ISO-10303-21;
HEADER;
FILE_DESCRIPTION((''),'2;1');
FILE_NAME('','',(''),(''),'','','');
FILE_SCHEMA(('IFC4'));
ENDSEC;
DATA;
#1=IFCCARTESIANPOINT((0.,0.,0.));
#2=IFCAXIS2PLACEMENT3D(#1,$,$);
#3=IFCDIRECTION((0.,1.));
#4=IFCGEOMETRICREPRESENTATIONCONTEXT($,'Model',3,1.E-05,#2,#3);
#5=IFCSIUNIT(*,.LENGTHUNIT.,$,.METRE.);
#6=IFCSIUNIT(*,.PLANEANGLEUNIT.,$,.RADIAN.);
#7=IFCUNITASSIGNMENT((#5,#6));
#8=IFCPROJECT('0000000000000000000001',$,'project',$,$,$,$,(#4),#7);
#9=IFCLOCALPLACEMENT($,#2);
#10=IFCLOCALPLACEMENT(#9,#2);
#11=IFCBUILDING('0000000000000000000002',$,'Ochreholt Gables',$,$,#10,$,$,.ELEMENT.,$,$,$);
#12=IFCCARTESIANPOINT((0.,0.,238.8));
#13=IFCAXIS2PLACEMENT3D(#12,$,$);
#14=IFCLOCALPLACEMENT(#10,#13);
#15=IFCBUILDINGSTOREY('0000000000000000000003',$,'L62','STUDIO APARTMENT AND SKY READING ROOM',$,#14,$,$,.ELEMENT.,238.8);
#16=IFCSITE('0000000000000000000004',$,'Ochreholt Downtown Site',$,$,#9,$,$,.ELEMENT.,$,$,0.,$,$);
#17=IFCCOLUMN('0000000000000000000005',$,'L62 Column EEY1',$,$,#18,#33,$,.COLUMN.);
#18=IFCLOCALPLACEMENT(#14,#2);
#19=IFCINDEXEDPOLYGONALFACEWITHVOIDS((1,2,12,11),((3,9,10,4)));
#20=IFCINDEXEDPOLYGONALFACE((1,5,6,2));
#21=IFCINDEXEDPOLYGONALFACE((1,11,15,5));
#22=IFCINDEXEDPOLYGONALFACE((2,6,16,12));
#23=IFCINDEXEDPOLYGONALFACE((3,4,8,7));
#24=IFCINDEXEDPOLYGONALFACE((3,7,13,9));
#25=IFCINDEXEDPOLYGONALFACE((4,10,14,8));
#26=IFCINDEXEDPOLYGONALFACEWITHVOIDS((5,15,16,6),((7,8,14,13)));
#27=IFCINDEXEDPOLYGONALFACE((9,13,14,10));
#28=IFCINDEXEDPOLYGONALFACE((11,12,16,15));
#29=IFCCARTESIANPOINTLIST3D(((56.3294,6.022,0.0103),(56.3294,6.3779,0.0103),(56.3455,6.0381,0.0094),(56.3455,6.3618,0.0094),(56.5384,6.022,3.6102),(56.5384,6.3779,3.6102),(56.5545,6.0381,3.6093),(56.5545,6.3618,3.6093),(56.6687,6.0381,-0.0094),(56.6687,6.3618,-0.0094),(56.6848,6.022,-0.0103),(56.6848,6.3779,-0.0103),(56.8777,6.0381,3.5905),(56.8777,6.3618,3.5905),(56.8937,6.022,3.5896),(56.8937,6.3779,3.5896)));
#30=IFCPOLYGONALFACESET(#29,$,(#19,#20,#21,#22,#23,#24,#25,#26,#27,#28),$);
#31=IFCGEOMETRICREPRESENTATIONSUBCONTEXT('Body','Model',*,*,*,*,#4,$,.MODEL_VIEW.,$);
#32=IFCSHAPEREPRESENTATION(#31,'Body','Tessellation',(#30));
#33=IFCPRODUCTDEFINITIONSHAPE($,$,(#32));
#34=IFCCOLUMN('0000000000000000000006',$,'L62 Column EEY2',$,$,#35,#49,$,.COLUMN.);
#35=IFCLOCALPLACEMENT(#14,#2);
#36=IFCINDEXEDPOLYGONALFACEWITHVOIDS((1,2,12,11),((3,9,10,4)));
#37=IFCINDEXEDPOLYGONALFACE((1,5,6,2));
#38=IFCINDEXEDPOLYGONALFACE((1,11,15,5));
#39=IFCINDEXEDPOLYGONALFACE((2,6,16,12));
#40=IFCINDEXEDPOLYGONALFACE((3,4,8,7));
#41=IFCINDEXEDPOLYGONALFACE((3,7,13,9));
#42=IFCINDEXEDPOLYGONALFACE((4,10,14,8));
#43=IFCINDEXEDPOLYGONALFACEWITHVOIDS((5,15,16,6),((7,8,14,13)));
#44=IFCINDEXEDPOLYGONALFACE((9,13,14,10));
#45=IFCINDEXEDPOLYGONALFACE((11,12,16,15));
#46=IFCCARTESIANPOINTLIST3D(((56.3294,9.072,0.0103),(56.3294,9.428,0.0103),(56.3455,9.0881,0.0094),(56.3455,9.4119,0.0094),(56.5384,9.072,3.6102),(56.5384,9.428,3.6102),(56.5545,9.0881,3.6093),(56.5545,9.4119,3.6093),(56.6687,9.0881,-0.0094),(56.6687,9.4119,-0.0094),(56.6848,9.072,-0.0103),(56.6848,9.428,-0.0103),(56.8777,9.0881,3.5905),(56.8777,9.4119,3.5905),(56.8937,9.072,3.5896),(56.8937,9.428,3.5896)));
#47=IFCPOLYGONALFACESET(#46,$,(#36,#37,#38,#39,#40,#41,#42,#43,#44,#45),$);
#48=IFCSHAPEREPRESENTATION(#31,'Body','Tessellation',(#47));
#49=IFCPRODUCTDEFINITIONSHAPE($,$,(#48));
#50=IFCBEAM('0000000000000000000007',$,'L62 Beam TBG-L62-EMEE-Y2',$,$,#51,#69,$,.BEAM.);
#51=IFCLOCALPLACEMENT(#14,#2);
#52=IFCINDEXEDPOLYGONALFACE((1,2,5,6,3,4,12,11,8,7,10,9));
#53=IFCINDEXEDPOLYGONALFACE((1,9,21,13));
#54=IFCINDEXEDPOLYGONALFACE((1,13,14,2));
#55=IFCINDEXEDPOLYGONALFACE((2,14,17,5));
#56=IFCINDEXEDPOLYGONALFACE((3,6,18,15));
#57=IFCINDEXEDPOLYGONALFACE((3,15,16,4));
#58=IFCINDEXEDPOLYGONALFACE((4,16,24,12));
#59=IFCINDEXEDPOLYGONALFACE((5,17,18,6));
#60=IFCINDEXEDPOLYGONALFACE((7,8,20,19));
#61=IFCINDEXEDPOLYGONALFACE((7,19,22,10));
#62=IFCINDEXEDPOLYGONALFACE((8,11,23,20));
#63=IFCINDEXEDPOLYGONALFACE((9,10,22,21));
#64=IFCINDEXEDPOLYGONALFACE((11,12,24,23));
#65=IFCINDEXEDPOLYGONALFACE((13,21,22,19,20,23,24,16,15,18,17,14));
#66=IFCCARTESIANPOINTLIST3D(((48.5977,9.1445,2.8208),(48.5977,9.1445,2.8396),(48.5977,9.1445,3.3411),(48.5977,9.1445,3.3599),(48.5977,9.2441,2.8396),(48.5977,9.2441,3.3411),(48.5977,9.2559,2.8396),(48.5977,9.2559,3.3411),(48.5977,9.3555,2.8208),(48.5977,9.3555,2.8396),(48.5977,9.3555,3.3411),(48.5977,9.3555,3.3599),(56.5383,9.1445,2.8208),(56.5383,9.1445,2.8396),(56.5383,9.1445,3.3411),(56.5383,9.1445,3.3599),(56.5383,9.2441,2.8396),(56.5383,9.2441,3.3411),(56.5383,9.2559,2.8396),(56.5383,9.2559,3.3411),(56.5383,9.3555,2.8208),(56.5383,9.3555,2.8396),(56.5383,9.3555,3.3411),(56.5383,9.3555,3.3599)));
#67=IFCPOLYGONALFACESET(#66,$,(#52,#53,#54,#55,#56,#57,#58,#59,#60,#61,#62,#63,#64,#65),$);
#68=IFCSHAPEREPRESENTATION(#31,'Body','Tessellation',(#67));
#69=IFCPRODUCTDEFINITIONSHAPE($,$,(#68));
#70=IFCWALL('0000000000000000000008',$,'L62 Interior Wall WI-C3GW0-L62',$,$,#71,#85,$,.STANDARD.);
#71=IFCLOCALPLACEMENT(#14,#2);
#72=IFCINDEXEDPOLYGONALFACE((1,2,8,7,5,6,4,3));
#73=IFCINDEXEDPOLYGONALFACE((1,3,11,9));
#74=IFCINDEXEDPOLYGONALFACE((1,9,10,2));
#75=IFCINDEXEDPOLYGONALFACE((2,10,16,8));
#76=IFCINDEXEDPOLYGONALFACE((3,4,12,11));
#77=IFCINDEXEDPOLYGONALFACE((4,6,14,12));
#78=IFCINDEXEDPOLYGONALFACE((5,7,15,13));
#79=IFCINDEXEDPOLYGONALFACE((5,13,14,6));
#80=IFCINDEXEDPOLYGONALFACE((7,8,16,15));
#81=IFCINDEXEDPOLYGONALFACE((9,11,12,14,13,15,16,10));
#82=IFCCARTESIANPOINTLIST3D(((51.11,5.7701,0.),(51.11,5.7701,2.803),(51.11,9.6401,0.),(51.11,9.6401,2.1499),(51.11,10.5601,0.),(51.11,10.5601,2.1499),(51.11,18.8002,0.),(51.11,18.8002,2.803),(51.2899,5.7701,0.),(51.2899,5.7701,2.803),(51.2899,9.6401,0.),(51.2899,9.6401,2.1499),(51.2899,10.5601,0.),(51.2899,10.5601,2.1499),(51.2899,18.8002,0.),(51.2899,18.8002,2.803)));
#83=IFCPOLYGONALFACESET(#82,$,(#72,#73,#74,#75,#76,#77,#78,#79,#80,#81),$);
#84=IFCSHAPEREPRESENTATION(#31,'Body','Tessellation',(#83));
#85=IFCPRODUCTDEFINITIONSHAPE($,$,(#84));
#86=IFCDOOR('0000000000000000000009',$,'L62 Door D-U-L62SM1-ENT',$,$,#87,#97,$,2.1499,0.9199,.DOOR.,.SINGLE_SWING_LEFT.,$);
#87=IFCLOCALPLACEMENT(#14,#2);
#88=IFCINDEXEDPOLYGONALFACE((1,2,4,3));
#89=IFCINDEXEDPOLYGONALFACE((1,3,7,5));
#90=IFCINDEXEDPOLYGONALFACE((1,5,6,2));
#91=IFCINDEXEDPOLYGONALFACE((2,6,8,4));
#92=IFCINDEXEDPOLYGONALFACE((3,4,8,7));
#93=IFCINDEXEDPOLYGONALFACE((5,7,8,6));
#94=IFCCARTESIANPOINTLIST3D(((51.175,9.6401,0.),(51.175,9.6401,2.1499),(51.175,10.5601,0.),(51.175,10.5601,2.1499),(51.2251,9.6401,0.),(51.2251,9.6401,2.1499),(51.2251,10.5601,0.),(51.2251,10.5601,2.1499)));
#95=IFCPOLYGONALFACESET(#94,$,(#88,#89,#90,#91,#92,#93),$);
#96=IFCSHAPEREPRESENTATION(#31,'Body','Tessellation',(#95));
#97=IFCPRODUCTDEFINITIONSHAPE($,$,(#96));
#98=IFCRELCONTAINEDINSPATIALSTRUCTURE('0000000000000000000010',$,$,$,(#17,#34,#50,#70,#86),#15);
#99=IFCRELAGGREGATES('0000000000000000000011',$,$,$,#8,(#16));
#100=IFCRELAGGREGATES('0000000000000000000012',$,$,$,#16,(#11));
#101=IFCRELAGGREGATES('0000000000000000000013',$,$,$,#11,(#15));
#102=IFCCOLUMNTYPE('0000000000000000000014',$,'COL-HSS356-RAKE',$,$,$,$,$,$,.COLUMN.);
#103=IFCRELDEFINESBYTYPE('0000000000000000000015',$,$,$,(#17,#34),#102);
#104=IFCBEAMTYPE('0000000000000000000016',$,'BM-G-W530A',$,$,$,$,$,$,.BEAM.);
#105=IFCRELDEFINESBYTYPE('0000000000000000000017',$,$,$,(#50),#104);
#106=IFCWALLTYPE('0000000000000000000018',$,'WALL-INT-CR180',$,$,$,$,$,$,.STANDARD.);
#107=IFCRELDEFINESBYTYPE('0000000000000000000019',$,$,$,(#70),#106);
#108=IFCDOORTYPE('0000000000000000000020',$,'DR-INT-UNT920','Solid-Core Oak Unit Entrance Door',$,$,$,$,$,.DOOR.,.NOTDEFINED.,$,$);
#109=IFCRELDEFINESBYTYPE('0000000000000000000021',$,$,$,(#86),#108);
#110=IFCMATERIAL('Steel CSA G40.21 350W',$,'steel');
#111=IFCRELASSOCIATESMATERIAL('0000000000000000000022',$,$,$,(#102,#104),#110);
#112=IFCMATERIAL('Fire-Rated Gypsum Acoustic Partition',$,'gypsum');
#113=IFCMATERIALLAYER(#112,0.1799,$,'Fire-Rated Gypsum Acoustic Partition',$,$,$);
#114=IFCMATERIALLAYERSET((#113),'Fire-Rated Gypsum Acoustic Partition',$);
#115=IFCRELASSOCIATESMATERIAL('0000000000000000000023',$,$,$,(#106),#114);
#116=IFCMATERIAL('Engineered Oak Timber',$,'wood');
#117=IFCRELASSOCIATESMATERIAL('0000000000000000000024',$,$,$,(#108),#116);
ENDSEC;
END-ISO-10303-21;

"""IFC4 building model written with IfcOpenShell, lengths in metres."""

from ifc_helpers import new_model, si_unit, direction, frame, frame_2d, origin, origin_2d, place, context, subcontext, project, spatial, rectangle, hollow_rectangle, i_section, extrude, material, layer, layer_set, material_profile, profile_set, type_object, element, fill, save


model = new_model("IFC4")

# Units and contexts
model_context = context("Model", 3, precision=1e-05, world=origin(), true_north=direction((0.0, 1.0)))
body_context = subcontext(model_context, "Body", "Model", "MODEL_VIEW")
ifc_project = project(units=[si_unit("LENGTHUNIT", "METRE"), si_unit("PLANEANGLEUNIT", "RADIAN")], contexts=[model_context])

# Site, building, storey
site_placement = place(None, origin())
site = spatial("IfcSite", under=ifc_project, at=site_placement, Name="Ochreholt Downtown Site", CompositionType="ELEMENT", RefElevation=0.0)
building_placement = place(site_placement, origin())
building = spatial("IfcBuilding", under=site, at=building_placement, Name="Ochreholt Gables", CompositionType="ELEMENT")
storey_placement = place(building_placement, frame((0.0, 0.0, 238.8)))
storey = spatial("IfcBuildingStorey", under=building, at=storey_placement, Name="L62", Description="STUDIO APARTMENT AND SKY READING ROOM", CompositionType="ELEMENT", Elevation=238.8)

# Columns
ifc_material_1 = material(Name="Steel CSA G40.21 350W", Category="steel")
ifc_material_profile_1 = material_profile(ifc_material_1, hollow_rectangle(XDim=0.356, YDim=0.356, WallThickness=0.0161, at=origin_2d()), Name="HSS356X356X16")
ifc_profile_set_1 = profile_set([ifc_material_profile_1], Name="Steel CSA G40.21 350W")
column_type = type_object("IfcColumnType", Name="COL-HSS356-RAKE", PredefinedType="COLUMN", material=ifc_profile_set_1)
for number, where, z_axis, x_axis, name in (
    (1, (56.5071, 6.2, 0.0), (0.057956, 0.0, 0.998319), (0.0, 1.0, 0.0), "L62 Column EEY1"),
    (2, (56.5071, 9.25, 0.0), (0.057956, 0.0, 0.998319), (0.0, 1.0, 0.0), "L62 Column EEY2"),
):
    element("IfcColumn", number, at=place(storey_placement, frame(where, z_axis=z_axis, x_axis=x_axis)), inside=storey, type_object=column_type, Name=name, PredefinedType="COLUMN", context=body_context, shape_type="SweptSolid", body=[
        extrude(hollow_rectangle(XDim=0.356, YDim=0.356, WallThickness=0.0161, at=origin_2d()), origin(), (0.0, 0.0, 1.0), 3.606),
    ])

# Beam
ifc_material_profile_2 = material_profile(ifc_material_1, i_section(OverallWidth=0.2109, OverallDepth=0.5391, WebThickness=0.0117, FlangeThickness=0.0188, at=origin_2d()), Name="W530X109")
ifc_profile_set_2 = profile_set([ifc_material_profile_2], Name="Steel CSA G40.21 350W")
beam_type = type_object("IfcBeamType", Name="BM-G-W530A", PredefinedType="BEAM", material=ifc_profile_set_2)
beam_placement = place(storey_placement, frame((48.5977, 9.25, 3.0903), z_axis=(1.0, 0.0, 0.0), x_axis=(0.0, 1.0, 0.0)))
element("IfcBeam", 3, at=beam_placement, inside=storey, type_object=beam_type, Name="L62 Beam TBG-L62-EMEE-Y2", PredefinedType="BEAM", context=body_context, shape_type="SweptSolid", body=[
    extrude(i_section(OverallWidth=0.2109, OverallDepth=0.5391, WebThickness=0.0117, FlangeThickness=0.0188, at=origin_2d()), origin(), (0.0, 0.0, 1.0), 7.9407),
])

# Wall, opening, door
ifc_material_2 = material(Name="Fire-Rated Gypsum Acoustic Partition", Category="gypsum")
ifc_layer_1 = layer(ifc_material_2, 0.1799, Name="Fire-Rated Gypsum Acoustic Partition")
ifc_layer_set_1 = layer_set([ifc_layer_1], Name="Fire-Rated Gypsum Acoustic Partition")
wall_type_1 = type_object("IfcWallType", Name="WALL-INT-CR180", PredefinedType="STANDARD", material=ifc_layer_set_1)
wall_1_placement = place(storey_placement, frame((51.2, 5.77, 0.0), z_axis=(0.0, 0.0, 1.0), x_axis=(0.0, 1.0, 0.0)))
wall_1 = element("IfcWall", 4, at=wall_1_placement, inside=storey, type_object=wall_type_1, Name="L62 Interior Wall WI-C3GW0-L62", PredefinedType="STANDARD", context=body_context, shape_type="SweptSolid", body=[
    extrude(rectangle(XDim=13.03, YDim=0.1799, at=frame_2d((6.5151, 0.0))), origin(), (0.0, 0.0, 1.0), 2.803),
])
opening_1_placement = place(wall_1_placement, frame((3.8701, 0.0, 0.0)))
opening_1 = element("IfcOpeningElement", 5, at=opening_1_placement, cuts=wall_1, PredefinedType="OPENING", context=body_context, shape_type="SweptSolid", body=[
    extrude(rectangle(XDim=0.9199, YDim=2.1499, at=frame_2d((0.46, 1.075))), frame((0.0, 0.0999, 0.0), z_axis=(0.0, -1.0, 0.0), x_axis=(1.0, 0.0, 0.0)), (0.0, 0.0, 1.0), 0.2),
])
ifc_material_3 = material(Name="Engineered Oak Timber", Category="wood")
door_type = type_object("IfcDoorType", Name="DR-INT-UNT920", Description="Solid-Core Oak Unit Entrance Door", OperationType="NOTDEFINED", PredefinedType="DOOR", material=ifc_material_3)
door_1_placement = place(opening_1_placement, origin())
door_1 = element("IfcDoor", 6, at=door_1_placement, inside=storey, type_object=door_type, Name="L62 Door D-U-L62SM1-ENT", OperationType="SINGLE_SWING_LEFT", OverallHeight=2.1499, OverallWidth=0.9199, PredefinedType="DOOR", context=body_context, shape_type="SweptSolid", body=[
    extrude(rectangle(XDim=0.9199, YDim=2.1499, at=frame_2d((0.46, 1.075))), frame((0.0, 0.0249, 0.0), z_axis=(0.0, -1.0, 0.0), x_axis=(1.0, 0.0, 0.0)), (0.0, 0.0, 1.0), 0.05),
])
fill(opening_1, door_1)

save(model, "model.ifc")
